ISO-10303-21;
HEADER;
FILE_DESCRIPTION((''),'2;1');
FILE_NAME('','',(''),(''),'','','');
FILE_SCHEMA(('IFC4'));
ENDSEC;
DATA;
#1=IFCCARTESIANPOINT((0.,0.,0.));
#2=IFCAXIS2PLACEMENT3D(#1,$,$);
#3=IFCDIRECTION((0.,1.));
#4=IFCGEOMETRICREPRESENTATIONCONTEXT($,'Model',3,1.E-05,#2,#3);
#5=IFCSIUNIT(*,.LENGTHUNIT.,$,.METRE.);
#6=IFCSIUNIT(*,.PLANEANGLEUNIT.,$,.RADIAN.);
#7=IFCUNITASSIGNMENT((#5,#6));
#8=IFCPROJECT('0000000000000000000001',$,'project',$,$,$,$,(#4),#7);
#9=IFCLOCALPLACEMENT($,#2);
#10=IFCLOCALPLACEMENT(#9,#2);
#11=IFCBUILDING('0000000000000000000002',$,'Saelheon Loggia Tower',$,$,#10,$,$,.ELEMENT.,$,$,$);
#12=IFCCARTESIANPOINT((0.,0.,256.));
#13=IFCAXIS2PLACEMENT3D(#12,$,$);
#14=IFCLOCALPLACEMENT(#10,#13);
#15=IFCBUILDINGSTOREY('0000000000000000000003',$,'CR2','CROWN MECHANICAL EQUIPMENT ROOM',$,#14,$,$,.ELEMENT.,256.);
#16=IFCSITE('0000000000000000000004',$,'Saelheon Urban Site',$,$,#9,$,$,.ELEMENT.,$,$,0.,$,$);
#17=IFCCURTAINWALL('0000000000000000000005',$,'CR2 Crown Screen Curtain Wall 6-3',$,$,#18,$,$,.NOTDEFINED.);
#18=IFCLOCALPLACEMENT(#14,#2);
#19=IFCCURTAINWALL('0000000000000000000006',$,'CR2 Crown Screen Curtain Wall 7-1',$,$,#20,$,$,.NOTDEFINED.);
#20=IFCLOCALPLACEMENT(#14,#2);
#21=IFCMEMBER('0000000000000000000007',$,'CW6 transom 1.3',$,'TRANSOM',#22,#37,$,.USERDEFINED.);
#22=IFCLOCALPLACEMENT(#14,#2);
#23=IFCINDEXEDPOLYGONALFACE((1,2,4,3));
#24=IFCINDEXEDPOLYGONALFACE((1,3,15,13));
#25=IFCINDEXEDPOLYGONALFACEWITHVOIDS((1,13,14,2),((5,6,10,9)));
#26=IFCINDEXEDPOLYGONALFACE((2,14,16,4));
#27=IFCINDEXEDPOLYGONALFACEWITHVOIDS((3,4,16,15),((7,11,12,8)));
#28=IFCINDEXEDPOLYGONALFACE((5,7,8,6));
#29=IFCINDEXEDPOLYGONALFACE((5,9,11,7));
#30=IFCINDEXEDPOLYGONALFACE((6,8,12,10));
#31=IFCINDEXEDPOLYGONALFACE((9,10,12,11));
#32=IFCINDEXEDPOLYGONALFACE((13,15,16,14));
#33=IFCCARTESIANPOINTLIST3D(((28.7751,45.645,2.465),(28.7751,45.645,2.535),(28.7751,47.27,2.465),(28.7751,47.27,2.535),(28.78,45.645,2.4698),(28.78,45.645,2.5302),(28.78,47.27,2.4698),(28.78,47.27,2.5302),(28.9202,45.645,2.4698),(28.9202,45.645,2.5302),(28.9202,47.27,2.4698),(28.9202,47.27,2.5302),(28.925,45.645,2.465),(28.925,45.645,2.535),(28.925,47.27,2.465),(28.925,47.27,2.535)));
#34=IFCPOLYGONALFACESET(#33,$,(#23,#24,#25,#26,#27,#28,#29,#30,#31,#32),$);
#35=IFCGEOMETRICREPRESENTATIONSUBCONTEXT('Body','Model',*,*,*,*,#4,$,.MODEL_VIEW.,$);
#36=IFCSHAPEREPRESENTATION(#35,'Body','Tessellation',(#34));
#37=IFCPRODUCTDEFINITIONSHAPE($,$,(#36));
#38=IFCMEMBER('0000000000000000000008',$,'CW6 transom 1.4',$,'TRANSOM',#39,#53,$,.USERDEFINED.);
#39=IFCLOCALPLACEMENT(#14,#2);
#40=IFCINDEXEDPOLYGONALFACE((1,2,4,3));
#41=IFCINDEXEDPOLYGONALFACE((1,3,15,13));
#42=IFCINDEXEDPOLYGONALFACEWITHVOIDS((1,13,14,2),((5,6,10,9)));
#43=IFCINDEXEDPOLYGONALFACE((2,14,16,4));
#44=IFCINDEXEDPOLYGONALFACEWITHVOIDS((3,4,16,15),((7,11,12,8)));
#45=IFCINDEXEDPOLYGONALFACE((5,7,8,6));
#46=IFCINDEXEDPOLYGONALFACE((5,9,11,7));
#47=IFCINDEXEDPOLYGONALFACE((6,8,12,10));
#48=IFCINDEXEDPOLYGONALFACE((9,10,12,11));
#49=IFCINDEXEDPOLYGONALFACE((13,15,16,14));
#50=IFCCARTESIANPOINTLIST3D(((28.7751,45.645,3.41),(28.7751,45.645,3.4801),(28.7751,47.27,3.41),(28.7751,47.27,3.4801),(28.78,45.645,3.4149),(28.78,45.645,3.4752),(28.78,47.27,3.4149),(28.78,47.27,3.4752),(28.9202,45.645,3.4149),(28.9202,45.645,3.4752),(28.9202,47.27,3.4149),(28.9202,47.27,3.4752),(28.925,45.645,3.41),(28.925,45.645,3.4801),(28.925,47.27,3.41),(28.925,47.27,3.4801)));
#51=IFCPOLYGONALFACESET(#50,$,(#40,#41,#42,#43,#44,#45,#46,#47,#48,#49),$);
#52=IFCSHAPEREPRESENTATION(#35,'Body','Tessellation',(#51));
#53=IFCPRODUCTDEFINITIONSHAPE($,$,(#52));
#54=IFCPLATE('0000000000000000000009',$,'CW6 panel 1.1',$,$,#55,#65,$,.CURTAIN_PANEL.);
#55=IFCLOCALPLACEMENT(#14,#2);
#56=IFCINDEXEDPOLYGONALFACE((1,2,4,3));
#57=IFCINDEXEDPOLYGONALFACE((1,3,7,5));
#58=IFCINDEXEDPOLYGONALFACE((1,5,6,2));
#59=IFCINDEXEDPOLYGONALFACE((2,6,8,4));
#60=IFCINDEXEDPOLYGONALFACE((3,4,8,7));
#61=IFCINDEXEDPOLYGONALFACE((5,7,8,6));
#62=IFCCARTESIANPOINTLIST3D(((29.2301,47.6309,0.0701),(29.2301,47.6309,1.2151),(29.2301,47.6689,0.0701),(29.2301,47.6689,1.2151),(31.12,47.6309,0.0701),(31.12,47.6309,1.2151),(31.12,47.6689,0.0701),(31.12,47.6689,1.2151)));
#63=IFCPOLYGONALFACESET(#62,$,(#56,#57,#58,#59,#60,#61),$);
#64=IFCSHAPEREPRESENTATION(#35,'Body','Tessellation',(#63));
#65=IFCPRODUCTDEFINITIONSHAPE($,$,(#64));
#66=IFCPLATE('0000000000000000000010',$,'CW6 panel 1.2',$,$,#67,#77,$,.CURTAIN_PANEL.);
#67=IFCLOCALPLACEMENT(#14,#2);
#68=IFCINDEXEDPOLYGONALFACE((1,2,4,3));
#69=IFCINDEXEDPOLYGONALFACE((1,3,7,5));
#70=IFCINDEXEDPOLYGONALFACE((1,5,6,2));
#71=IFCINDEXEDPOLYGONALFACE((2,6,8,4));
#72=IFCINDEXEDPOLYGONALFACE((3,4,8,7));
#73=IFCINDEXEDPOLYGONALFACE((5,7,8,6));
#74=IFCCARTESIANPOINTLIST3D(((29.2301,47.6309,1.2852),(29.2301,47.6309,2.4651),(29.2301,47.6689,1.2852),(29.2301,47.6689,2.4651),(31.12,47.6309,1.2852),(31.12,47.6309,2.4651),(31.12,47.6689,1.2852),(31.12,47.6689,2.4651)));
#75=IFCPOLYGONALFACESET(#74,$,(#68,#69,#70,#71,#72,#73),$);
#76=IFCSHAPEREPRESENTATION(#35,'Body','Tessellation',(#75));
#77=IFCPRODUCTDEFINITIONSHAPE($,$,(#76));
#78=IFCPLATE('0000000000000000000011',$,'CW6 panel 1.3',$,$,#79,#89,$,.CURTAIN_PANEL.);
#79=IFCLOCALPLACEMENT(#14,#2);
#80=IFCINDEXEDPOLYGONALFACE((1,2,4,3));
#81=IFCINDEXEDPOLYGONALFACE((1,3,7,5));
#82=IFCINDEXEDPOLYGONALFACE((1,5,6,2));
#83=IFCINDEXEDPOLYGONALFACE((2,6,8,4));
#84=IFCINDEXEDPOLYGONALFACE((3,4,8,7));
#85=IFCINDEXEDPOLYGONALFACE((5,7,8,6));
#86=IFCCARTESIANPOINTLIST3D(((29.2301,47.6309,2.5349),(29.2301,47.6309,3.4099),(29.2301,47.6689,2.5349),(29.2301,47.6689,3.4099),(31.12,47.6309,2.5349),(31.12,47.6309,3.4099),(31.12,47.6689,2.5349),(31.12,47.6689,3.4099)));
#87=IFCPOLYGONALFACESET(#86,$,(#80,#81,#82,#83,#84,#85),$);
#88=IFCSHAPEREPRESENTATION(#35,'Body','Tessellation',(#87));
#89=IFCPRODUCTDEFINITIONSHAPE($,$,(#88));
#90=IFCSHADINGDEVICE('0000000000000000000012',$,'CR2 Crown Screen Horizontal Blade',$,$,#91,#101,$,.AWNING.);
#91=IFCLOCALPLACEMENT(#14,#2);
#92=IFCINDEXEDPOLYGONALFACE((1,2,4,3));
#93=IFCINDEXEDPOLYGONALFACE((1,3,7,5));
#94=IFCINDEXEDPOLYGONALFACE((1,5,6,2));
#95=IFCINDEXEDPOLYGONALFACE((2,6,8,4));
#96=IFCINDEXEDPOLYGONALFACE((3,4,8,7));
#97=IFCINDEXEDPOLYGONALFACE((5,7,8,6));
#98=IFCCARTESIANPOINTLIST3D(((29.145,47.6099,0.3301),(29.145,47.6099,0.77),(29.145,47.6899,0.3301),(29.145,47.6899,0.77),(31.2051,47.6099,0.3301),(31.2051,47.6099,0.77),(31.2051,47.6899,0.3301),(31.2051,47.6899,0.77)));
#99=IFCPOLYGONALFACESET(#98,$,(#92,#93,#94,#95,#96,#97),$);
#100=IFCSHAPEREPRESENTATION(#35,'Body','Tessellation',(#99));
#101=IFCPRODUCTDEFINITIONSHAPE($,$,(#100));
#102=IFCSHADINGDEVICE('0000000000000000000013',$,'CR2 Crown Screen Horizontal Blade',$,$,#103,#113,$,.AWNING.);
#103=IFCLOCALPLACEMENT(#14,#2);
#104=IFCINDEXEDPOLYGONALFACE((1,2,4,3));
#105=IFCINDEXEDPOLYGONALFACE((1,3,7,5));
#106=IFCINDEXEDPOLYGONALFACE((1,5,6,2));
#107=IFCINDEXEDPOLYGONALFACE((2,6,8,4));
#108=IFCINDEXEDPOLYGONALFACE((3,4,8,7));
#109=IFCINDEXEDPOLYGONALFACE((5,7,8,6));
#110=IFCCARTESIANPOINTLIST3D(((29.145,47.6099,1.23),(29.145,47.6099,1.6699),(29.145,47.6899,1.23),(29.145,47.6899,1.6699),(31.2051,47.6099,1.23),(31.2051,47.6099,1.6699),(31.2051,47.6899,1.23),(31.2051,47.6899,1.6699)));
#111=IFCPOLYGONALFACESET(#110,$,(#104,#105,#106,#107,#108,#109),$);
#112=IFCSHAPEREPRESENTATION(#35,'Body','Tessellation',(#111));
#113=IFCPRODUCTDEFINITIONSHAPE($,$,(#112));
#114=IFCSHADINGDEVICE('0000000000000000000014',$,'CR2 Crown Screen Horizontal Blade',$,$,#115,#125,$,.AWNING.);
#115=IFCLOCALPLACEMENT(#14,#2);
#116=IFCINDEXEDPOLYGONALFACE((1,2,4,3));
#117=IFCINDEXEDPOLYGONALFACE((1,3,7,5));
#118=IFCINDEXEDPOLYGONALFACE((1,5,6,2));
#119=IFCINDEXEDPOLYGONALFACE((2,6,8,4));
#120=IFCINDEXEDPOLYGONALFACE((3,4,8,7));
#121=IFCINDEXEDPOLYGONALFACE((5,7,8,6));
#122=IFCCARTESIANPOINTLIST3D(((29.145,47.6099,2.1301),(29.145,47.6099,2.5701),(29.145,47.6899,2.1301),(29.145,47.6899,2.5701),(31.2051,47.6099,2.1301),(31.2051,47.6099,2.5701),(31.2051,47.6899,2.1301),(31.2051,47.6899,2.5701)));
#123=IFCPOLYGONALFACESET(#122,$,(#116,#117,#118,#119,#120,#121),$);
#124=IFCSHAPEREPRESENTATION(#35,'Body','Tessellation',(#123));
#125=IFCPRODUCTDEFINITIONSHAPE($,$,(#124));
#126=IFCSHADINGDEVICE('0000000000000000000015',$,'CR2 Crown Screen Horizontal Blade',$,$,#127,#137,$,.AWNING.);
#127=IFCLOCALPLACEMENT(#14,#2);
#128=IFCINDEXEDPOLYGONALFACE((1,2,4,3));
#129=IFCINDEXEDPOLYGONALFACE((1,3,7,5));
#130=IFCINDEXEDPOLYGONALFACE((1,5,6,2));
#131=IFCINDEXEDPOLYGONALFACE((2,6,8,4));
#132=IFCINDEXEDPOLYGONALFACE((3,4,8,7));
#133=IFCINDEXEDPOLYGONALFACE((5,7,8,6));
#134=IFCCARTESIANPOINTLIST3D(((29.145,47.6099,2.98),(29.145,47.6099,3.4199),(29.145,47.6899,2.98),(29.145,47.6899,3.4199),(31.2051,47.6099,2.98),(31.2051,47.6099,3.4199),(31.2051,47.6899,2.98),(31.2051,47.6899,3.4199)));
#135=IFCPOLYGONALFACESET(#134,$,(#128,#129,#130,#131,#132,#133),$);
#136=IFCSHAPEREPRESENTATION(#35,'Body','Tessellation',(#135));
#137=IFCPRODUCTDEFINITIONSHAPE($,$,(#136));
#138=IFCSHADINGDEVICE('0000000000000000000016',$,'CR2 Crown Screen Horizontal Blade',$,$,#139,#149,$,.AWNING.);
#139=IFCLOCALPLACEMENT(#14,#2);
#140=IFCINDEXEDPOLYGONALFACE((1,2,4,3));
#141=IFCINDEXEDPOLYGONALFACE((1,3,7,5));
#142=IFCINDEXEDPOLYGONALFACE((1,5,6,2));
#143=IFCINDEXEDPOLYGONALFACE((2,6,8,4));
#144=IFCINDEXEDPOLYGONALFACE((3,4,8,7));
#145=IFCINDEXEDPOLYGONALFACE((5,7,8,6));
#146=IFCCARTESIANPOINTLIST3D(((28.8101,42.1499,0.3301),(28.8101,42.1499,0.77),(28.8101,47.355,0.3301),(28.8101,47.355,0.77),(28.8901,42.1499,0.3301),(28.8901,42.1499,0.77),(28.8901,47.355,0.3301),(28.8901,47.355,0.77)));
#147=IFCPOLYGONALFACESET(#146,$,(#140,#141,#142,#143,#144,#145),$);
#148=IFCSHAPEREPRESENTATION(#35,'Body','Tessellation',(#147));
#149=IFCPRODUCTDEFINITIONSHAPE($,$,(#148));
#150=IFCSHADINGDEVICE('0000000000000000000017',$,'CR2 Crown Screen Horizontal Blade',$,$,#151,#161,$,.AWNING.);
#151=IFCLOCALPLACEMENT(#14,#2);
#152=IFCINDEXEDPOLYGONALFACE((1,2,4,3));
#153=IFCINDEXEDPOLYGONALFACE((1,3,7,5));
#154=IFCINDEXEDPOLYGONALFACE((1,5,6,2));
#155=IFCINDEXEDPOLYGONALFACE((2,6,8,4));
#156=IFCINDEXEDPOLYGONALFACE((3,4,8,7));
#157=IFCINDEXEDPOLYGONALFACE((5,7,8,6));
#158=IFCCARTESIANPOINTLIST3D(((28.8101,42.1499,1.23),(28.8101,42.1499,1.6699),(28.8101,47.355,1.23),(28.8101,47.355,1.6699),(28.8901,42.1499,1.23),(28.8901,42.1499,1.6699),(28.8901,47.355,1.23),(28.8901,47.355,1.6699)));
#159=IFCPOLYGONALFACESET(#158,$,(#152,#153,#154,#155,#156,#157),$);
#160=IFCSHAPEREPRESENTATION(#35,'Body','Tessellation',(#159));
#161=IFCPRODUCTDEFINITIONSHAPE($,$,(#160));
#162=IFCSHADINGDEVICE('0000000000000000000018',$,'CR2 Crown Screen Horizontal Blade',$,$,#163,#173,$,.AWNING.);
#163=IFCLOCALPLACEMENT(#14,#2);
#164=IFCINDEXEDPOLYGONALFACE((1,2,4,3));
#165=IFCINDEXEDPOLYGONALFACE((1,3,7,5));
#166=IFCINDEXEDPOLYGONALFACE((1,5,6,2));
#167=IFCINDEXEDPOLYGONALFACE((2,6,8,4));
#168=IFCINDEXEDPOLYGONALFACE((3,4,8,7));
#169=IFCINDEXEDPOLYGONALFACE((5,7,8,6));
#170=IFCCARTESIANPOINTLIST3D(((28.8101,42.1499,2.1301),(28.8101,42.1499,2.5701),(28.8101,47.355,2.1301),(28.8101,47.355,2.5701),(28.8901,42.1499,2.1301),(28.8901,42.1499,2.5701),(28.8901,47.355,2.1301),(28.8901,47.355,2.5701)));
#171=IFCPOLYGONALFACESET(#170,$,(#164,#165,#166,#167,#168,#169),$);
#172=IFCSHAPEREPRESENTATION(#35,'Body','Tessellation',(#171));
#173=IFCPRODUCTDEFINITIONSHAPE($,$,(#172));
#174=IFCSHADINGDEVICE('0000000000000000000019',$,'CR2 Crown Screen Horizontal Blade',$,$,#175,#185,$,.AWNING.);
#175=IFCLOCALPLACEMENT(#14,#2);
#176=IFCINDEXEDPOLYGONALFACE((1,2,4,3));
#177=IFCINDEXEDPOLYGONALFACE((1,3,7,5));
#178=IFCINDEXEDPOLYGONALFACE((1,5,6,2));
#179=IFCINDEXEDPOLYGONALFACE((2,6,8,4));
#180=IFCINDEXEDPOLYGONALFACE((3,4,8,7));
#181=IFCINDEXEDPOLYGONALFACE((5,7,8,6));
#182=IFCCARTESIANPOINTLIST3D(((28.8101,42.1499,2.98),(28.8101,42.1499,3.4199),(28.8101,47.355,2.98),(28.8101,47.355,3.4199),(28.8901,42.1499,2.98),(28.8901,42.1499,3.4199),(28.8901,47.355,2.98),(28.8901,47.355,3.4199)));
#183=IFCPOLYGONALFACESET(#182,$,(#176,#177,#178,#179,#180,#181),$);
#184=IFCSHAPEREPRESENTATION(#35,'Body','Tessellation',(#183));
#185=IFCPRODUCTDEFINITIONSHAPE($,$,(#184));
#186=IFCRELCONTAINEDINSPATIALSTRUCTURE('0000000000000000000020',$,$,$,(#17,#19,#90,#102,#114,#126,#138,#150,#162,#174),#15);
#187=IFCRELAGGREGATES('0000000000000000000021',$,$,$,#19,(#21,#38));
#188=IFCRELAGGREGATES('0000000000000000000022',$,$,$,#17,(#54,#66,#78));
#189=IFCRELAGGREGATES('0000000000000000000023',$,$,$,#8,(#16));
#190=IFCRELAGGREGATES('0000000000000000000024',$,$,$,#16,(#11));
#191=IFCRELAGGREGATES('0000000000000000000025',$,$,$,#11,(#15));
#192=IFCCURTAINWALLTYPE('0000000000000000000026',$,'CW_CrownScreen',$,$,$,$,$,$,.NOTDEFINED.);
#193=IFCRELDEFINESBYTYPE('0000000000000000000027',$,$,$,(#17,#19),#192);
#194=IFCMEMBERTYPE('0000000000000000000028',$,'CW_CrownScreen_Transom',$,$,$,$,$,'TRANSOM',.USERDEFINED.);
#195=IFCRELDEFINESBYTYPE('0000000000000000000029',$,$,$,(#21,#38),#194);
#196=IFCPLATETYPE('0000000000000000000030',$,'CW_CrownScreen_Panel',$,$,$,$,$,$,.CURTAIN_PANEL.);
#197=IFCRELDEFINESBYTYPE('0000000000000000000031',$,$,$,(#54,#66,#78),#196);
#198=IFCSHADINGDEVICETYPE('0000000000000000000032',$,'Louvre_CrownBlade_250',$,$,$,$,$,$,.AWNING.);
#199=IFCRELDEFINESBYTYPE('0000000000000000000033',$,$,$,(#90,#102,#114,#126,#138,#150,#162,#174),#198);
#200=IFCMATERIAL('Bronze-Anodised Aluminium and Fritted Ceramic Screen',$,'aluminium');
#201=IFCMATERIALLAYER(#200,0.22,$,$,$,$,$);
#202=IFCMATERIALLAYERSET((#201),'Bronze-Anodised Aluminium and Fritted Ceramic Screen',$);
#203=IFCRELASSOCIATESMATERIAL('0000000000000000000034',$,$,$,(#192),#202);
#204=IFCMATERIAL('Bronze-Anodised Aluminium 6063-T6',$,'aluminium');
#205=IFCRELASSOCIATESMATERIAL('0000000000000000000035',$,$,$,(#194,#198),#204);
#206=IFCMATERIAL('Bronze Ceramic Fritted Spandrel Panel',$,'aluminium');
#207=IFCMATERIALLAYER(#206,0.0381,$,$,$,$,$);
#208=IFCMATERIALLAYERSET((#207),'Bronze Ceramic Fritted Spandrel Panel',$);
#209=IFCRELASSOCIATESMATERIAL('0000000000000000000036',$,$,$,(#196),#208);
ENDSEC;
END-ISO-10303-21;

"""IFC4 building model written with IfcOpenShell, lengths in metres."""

from ifc_helpers import new_model, si_unit, direction, frame, origin, origin_2d, place, context, subcontext, project, spatial, rectangle, hollow_rectangle, extrude, source, transform, mapped, material, layer, layer_set, material_profile, profile_set, type_object, element, aggregate, save


model = new_model("IFC4")

# Units and contexts
model_context = context("Model", 3, precision=1e-05, world=origin(), true_north=direction((0.0, 1.0)))
body_context = subcontext(model_context, "Body", "Model", "MODEL_VIEW")
ifc_project = project(units=[si_unit("LENGTHUNIT", "METRE"), si_unit("PLANEANGLEUNIT", "RADIAN")], contexts=[model_context])

# Site, building, storey
site_placement = place(None, origin())
site = spatial("IfcSite", under=ifc_project, at=site_placement, Name="Saelheon Urban Site", CompositionType="ELEMENT", RefElevation=0.0)
building_placement = place(site_placement, origin())
building = spatial("IfcBuilding", under=site, at=building_placement, Name="Saelheon Loggia Tower", CompositionType="ELEMENT")
storey_placement = place(building_placement, frame((0.0, 0.0, 256.0)))
storey = spatial("IfcBuildingStorey", under=building, at=storey_placement, Name="CR2", Description="CROWN MECHANICAL EQUIPMENT ROOM", CompositionType="ELEMENT", Elevation=256.0)

# Curtain wall
ifc_material_1 = material(Name="Bronze-Anodised Aluminium and Fritted Ceramic Screen", Category="aluminium")
ifc_layer_1 = layer(ifc_material_1, 0.22)
ifc_layer_set_1 = layer_set([ifc_layer_1], Name="Bronze-Anodised Aluminium and Fritted Ceramic Screen")
curtain_wall_type = type_object("IfcCurtainWallType", Name="CW_CrownScreen", PredefinedType="NOTDEFINED", material=ifc_layer_set_1)
curtain_wall_1_placement = place(storey_placement, origin())
curtain_wall_1 = element("IfcCurtainWall", 1, at=curtain_wall_1_placement, inside=storey, type_object=curtain_wall_type, Name="CR2 Crown Screen Curtain Wall 6-3", PredefinedType="NOTDEFINED")
ifc_material_2 = material(Name="Bronze-Anodised Aluminium 6063-T6", Category="aluminium")

# Curtain wall
curtain_wall_2_placement = place(storey_placement, origin())
curtain_wall_2 = element("IfcCurtainWall", 2, at=curtain_wall_2_placement, inside=storey, type_object=curtain_wall_type, Name="CR2 Crown Screen Curtain Wall 7-1", PredefinedType="NOTDEFINED")

# Members
ifc_material_profile_1 = material_profile(ifc_material_2, hollow_rectangle(XDim=0.0701, YDim=0.1499, WallThickness=0.0049, at=origin_2d()), Name="RHS-150x70x5")
ifc_profile_set_1 = profile_set([ifc_material_profile_1], Name="Bronze-Anodised Aluminium 6063-T6")
member_type_1 = type_object("IfcMemberType", Name="CW_CrownScreen_Transom", ElementType="TRANSOM", PredefinedType="USERDEFINED", material=ifc_profile_set_1)
shared_shape_1 = source(origin(), body_context, "Body", "SweptSolid", [
    extrude(hollow_rectangle(XDim=0.0701, YDim=0.1499, WallThickness=0.0049, at=origin_2d()), origin(), (0.0, 0.0, 1.0), 1.625),
])
member_1_placement = place(storey_placement, frame((28.8501, 47.27, 2.5), z_axis=(0.0, -1.0, 0.0), x_axis=(0.0, 0.0, 1.0)))
member_1 = element("IfcMember", 3, at=member_1_placement, type_object=member_type_1, Name="CW6 transom 1.3", ObjectType="TRANSOM", PredefinedType="USERDEFINED", context=body_context, shape_type="MappedRepresentation", body=[
    mapped(shared_shape_1, transform((0.0, 0.0, 0.0), scale=1.0)),
])
member_2_placement = place(storey_placement, frame((28.8501, 47.27, 3.4451), z_axis=(0.0, -1.0, 0.0), x_axis=(0.0, 0.0, 1.0)))
member_2 = element("IfcMember", 4, at=member_2_placement, type_object=member_type_1, Name="CW6 transom 1.4", ObjectType="TRANSOM", PredefinedType="USERDEFINED", context=body_context, shape_type="MappedRepresentation", body=[
    mapped(shared_shape_1, transform((0.0, 0.0, 0.0), scale=1.0)),
])
aggregate(curtain_wall_2, [member_1, member_2])

# Plates
ifc_material_3 = material(Name="Bronze Ceramic Fritted Spandrel Panel", Category="aluminium")
ifc_layer_2 = layer(ifc_material_3, 0.0381)
ifc_layer_set_2 = layer_set([ifc_layer_2], Name="Bronze Ceramic Fritted Spandrel Panel")
plate_type = type_object("IfcPlateType", Name="CW_CrownScreen_Panel", PredefinedType="CURTAIN_PANEL", material=ifc_layer_set_2)
shared_shape_2 = source(origin(), body_context, "Body", "SweptSolid", [
    extrude(rectangle(XDim=1.8899, YDim=0.0381, at=origin_2d()), origin(), (0.0, 0.0, 1.0), 1.145),
])
plate_1_placement = place(storey_placement, frame((30.175, 47.6499, 0.0701), z_axis=(0.0, 0.0, 1.0), x_axis=(-1.0, 0.0, 0.0)))
plate_1 = element("IfcPlate", 5, at=plate_1_placement, type_object=plate_type, Name="CW6 panel 1.1", PredefinedType="CURTAIN_PANEL", context=body_context, shape_type="MappedRepresentation", body=[
    mapped(shared_shape_2, transform((0.0, 0.0, 0.0), scale=1.0)),
])
shared_shape_3 = source(origin(), body_context, "Body", "SweptSolid", [
    extrude(rectangle(XDim=1.8899, YDim=0.0381, at=origin_2d()), origin(), (0.0, 0.0, 1.0), 1.1799),
])
plate_2_placement = place(storey_placement, frame((30.175, 47.6499, 1.2852), z_axis=(0.0, 0.0, 1.0), x_axis=(-1.0, 0.0, 0.0)))
plate_2 = element("IfcPlate", 6, at=plate_2_placement, type_object=plate_type, Name="CW6 panel 1.2", PredefinedType="CURTAIN_PANEL", context=body_context, shape_type="MappedRepresentation", body=[
    mapped(shared_shape_3, transform((0.0, 0.0, 0.0), scale=1.0)),
])
shared_shape_4 = source(origin(), body_context, "Body", "SweptSolid", [
    extrude(rectangle(XDim=1.8899, YDim=0.0381, at=origin_2d()), origin(), (0.0, 0.0, 1.0), 0.875),
])
plate_3_placement = place(storey_placement, frame((30.175, 47.6499, 2.5349), z_axis=(0.0, 0.0, 1.0), x_axis=(-1.0, 0.0, 0.0)))
plate_3 = element("IfcPlate", 7, at=plate_3_placement, type_object=plate_type, Name="CW6 panel 1.3", PredefinedType="CURTAIN_PANEL", context=body_context, shape_type="MappedRepresentation", body=[
    mapped(shared_shape_4, transform((0.0, 0.0, 0.0), scale=1.0)),
])
aggregate(curtain_wall_1, [plate_1, plate_2, plate_3])

# Shading devices
ifc_material_profile_2 = material_profile(ifc_material_2, rectangle(XDim=0.0801, YDim=0.4399, at=origin_2d()), Name="Louvre_CrownBlade_250")
ifc_profile_set_2 = profile_set([ifc_material_profile_2], Name="Bronze-Anodised Aluminium 6063-T6")
shading_device_type = type_object("IfcShadingDeviceType", Name="Louvre_CrownBlade_250", PredefinedType="AWNING", material=ifc_profile_set_2)
shared_shape_5 = source(origin(), body_context, "Body", "SweptSolid", [
    extrude(rectangle(XDim=0.0801, YDim=0.4399, at=origin_2d()), origin(), (0.0, 0.0, 1.0), 2.0601),
])
for number, where, z_axis, x_axis, name in (
    (8, (31.2051, 47.6499, 0.55), (-1.0, 0.0, 0.0), (0.0, -1.0, 0.0), "CR2 Crown Screen Horizontal Blade"),
    (9, (31.2051, 47.6499, 1.45), (-1.0, 0.0, 0.0), (0.0, -1.0, 0.0), "CR2 Crown Screen Horizontal Blade"),
    (10, (31.2051, 47.6499, 2.3501), (-1.0, 0.0, 0.0), (0.0, -1.0, 0.0), "CR2 Crown Screen Horizontal Blade"),
    (11, (31.2051, 47.6499, 3.2), (-1.0, 0.0, 0.0), (0.0, -1.0, 0.0), "CR2 Crown Screen Horizontal Blade"),
):
    element("IfcShadingDevice", number, at=place(storey_placement, frame(where, z_axis=z_axis, x_axis=x_axis)), inside=storey, type_object=shading_device_type, Name=name, PredefinedType="AWNING", context=body_context, shape_type="MappedRepresentation", body=[
        mapped(shared_shape_5, transform((0.0, 0.0, 0.0), scale=1.0)),
    ])
shared_shape_6 = source(origin(), body_context, "Body", "SweptSolid", [
    extrude(rectangle(XDim=0.0801, YDim=0.4399, at=origin_2d()), origin(), (0.0, 0.0, 1.0), 5.2051),
])
for number, where, z_axis, x_axis, name in (
    (12, (28.8501, 47.355, 0.55), (0.0, -1.0, 0.0), (1.0, 0.0, 0.0), "CR2 Crown Screen Horizontal Blade"),
    (13, (28.8501, 47.355, 1.45), (0.0, -1.0, 0.0), (1.0, 0.0, 0.0), "CR2 Crown Screen Horizontal Blade"),
    (14, (28.8501, 47.355, 2.3501), (0.0, -1.0, 0.0), (1.0, 0.0, 0.0), "CR2 Crown Screen Horizontal Blade"),
    (15, (28.8501, 47.355, 3.2), (0.0, -1.0, 0.0), (1.0, 0.0, 0.0), "CR2 Crown Screen Horizontal Blade"),
):
    element("IfcShadingDevice", number, at=place(storey_placement, frame(where, z_axis=z_axis, x_axis=x_axis)), inside=storey, type_object=shading_device_type, Name=name, PredefinedType="AWNING", context=body_context, shape_type="MappedRepresentation", body=[
        mapped(shared_shape_6, transform((0.0, 0.0, 0.0), scale=1.0)),
    ])

save(model, "model.ifc")
